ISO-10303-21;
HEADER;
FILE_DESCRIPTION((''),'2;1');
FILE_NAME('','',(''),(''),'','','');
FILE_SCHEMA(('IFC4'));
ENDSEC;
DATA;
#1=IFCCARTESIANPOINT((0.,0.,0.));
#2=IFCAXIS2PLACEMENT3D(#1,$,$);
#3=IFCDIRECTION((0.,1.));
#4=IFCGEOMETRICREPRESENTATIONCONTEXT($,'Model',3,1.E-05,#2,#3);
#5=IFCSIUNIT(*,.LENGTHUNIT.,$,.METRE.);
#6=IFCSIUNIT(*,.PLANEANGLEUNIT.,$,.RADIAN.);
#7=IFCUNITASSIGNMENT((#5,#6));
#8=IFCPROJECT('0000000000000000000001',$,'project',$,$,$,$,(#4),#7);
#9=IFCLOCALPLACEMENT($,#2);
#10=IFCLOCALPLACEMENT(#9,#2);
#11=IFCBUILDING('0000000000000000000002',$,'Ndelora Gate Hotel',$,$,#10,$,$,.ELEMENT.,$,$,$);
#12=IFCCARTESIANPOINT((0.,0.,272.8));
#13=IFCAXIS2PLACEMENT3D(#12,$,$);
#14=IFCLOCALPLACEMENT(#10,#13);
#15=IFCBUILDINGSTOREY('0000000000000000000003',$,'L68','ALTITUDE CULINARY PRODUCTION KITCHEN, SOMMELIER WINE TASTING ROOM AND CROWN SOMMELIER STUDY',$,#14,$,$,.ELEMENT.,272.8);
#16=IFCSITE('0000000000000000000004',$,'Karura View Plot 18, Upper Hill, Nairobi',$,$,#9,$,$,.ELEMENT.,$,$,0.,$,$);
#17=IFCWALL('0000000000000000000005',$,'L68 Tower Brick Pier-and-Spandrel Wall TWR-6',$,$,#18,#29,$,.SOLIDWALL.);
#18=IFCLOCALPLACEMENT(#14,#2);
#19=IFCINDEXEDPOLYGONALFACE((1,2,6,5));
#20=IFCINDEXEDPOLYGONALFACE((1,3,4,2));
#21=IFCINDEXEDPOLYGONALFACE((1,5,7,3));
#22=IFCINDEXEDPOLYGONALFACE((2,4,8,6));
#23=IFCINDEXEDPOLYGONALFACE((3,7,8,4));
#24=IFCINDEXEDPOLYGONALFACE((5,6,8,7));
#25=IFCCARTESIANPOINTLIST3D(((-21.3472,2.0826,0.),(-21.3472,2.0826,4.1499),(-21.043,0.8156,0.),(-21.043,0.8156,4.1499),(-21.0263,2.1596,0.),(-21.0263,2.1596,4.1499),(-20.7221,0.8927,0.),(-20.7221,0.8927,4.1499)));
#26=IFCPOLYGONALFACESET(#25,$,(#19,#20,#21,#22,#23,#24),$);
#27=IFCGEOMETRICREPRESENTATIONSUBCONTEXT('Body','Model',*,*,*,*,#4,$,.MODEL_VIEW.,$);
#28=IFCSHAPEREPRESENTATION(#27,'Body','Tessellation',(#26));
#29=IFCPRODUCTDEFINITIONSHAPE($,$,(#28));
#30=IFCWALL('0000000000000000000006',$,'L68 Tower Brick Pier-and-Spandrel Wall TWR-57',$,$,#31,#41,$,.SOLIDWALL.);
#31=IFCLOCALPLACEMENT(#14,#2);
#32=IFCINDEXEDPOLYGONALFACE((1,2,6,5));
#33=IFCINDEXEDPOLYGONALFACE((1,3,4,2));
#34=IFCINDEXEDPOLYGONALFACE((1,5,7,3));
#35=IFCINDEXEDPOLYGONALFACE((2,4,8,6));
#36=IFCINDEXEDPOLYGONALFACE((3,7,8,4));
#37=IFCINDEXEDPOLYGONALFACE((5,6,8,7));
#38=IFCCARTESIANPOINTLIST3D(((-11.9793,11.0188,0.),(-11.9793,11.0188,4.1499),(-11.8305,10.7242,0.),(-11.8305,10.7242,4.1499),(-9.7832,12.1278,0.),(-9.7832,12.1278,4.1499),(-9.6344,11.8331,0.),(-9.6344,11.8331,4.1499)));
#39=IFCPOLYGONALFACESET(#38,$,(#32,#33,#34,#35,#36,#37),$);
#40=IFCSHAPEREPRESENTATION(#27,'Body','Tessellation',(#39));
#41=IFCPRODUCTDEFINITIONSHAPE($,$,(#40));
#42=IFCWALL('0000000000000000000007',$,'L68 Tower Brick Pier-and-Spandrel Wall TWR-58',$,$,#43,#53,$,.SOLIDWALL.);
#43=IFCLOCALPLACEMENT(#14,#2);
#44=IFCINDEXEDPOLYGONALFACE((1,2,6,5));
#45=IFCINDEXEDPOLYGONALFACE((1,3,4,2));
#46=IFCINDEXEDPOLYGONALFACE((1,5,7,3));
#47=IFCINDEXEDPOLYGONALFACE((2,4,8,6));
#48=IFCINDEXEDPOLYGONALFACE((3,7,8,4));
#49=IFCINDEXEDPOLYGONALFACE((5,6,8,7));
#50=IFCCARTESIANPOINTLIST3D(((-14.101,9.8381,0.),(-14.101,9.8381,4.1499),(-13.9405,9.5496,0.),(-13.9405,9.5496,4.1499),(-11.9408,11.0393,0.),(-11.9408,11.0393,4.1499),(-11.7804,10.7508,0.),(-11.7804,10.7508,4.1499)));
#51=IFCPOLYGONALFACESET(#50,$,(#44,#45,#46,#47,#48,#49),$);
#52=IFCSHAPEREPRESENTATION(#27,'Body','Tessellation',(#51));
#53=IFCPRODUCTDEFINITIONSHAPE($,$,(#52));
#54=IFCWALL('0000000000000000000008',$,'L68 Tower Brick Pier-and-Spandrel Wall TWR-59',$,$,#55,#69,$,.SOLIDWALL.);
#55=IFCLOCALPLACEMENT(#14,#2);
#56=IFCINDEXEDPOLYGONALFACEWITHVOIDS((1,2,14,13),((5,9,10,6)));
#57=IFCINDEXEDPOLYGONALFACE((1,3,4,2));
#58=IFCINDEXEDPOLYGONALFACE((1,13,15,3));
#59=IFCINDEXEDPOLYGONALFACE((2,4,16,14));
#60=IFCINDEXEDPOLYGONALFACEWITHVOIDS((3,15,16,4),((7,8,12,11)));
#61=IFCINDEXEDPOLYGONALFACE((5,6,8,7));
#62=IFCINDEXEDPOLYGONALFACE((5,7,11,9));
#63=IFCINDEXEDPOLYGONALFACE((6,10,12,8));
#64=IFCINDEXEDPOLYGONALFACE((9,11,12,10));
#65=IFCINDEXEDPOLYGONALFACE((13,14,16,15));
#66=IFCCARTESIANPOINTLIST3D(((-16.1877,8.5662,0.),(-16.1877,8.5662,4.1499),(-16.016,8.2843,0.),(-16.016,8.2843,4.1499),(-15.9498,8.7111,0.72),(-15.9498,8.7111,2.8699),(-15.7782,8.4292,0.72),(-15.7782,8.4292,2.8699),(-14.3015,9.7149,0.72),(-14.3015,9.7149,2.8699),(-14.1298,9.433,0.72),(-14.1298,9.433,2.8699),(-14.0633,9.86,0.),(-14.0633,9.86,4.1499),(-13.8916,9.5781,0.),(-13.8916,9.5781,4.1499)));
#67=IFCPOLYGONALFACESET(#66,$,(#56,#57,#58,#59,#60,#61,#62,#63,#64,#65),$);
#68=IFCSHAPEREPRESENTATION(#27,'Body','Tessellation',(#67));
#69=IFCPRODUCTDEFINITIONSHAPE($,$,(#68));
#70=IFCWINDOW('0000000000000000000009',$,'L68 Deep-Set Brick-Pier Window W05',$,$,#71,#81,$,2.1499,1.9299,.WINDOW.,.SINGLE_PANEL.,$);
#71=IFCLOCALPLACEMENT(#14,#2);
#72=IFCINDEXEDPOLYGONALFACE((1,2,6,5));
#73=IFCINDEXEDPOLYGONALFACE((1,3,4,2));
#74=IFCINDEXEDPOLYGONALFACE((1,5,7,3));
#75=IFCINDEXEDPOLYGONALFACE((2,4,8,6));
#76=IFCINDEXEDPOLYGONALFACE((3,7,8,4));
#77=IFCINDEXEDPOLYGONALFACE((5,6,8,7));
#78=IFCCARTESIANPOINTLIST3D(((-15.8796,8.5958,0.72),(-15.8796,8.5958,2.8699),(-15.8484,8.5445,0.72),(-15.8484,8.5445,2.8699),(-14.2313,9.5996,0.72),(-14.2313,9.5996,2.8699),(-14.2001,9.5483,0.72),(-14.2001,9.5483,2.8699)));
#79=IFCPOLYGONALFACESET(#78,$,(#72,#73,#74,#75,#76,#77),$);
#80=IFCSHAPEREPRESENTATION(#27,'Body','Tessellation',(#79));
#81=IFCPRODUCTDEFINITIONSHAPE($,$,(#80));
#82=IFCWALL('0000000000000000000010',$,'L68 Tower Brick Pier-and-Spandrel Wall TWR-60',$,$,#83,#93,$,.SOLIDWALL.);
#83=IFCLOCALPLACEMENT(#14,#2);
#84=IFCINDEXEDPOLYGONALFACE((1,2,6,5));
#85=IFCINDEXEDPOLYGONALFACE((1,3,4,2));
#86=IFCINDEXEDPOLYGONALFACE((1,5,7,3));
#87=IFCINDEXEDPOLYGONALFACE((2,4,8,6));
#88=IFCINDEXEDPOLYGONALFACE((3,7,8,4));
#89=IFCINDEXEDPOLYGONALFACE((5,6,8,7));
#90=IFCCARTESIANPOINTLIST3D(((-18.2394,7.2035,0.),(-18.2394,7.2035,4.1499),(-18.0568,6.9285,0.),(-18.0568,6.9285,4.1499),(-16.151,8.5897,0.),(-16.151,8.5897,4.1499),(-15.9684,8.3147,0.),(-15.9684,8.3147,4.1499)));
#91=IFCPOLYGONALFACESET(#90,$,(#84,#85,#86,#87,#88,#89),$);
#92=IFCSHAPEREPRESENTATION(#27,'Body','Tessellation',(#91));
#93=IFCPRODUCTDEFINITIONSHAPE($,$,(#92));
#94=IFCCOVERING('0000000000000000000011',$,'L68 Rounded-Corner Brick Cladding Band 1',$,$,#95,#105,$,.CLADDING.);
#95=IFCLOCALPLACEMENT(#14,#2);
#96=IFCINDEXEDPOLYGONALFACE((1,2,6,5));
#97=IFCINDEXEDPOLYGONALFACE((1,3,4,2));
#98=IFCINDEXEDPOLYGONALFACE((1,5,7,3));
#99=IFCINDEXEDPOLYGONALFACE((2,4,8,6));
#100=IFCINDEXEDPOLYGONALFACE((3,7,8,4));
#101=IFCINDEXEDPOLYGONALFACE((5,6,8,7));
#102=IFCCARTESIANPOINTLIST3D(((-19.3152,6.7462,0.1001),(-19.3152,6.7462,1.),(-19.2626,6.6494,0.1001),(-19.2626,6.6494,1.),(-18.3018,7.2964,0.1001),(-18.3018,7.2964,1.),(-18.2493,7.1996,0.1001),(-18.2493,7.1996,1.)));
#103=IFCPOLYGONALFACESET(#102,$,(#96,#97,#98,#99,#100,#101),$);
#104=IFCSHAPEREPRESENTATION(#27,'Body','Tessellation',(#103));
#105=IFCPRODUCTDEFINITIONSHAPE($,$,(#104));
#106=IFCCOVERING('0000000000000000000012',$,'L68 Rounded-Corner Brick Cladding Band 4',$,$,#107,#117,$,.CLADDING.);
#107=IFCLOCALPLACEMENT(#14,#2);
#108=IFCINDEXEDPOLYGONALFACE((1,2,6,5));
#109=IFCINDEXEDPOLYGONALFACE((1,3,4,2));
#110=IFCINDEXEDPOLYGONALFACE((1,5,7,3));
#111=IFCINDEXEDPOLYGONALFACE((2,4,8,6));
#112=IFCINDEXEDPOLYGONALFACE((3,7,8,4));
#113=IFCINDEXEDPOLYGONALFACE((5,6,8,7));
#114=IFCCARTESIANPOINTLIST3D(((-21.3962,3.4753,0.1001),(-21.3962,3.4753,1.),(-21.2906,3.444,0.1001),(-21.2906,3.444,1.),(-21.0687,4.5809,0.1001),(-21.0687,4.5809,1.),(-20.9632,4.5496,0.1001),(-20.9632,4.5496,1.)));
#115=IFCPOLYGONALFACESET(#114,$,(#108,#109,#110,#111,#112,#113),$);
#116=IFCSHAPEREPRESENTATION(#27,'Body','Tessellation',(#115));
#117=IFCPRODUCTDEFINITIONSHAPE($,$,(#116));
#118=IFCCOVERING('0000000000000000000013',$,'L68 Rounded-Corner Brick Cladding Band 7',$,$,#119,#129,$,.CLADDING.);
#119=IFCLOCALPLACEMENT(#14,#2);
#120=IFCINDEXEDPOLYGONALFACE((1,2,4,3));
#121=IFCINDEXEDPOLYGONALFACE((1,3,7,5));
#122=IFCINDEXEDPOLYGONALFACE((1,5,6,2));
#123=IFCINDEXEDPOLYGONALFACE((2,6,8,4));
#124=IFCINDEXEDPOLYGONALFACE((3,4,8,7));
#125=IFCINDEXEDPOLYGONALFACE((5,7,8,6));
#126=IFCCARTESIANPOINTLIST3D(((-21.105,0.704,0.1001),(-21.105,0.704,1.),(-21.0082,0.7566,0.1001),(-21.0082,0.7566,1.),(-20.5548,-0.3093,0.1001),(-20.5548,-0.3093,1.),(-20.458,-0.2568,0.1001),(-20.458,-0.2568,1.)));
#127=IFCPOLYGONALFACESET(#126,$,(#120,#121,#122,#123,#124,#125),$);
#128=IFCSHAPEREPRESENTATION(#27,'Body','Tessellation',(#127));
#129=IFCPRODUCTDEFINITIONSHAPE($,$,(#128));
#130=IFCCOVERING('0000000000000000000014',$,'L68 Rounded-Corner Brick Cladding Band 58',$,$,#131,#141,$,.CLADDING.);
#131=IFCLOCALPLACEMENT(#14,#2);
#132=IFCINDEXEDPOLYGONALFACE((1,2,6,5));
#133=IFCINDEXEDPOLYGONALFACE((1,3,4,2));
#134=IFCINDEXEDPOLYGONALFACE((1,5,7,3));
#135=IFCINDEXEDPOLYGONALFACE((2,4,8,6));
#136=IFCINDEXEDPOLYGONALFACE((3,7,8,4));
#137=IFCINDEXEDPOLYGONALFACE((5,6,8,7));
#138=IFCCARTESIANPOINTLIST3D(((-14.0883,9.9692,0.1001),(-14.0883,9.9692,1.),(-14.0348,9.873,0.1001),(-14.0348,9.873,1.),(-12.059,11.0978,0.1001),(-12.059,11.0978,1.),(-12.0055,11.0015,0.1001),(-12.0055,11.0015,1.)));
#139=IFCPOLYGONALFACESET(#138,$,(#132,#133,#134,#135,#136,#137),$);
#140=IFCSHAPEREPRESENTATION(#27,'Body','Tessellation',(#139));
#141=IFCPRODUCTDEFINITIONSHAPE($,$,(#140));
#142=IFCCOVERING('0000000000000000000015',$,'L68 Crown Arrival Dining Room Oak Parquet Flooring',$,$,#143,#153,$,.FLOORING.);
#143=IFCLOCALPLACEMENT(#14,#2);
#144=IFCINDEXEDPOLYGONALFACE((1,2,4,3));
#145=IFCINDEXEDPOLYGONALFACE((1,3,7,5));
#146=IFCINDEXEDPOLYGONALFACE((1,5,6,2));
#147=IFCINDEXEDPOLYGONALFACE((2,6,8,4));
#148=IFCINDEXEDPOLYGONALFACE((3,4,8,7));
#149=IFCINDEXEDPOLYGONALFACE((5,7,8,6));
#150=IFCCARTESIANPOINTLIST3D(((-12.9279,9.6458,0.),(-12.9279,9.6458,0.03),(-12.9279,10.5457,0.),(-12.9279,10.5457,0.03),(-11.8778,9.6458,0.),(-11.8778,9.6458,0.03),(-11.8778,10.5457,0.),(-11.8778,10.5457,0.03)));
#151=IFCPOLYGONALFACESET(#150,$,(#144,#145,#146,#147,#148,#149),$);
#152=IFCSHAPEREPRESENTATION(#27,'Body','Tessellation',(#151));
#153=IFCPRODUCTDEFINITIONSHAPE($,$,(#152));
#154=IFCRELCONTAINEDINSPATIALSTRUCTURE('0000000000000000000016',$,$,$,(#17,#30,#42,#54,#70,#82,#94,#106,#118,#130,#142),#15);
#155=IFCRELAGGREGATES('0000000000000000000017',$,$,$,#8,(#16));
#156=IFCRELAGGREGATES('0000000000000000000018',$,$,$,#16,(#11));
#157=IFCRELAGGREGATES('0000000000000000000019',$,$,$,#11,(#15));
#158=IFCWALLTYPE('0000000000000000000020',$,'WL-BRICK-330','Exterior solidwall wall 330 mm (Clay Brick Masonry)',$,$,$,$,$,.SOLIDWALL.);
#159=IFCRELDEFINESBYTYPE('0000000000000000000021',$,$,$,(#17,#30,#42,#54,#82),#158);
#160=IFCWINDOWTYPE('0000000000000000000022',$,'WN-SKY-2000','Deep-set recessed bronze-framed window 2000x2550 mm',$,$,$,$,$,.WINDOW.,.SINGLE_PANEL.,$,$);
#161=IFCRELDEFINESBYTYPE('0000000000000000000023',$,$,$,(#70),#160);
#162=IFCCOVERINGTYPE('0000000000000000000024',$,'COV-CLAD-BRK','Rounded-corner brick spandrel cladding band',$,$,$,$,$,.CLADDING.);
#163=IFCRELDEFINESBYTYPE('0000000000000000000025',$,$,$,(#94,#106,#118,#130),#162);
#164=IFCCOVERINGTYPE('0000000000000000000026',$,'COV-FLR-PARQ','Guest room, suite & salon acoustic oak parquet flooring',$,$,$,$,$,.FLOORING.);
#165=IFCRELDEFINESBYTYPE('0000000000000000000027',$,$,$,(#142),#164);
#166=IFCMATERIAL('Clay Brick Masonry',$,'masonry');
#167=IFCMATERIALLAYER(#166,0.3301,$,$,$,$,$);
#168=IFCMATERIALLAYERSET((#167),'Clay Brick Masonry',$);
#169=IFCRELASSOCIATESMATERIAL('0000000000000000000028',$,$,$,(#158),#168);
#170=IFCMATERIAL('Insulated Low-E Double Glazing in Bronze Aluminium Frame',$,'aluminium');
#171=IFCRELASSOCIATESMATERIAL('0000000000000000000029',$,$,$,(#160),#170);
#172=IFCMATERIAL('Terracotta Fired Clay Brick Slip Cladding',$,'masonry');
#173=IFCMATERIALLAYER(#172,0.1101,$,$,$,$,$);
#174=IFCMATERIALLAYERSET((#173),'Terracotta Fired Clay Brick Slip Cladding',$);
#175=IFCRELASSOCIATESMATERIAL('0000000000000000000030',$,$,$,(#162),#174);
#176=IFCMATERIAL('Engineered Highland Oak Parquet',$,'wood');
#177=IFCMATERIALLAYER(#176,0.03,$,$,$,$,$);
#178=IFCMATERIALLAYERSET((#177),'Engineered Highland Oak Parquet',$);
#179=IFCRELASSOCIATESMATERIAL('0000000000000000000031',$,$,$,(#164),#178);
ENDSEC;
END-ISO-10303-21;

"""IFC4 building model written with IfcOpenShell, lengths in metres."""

from ifc_helpers import new_model, si_unit, direction, frame, frame_2d, origin, origin_2d, place, context, subcontext, project, spatial, rectangle, extrude, material, layer, layer_set, type_object, element, fill, save


model = new_model("IFC4")

# Units and contexts
model_context = context("Model", 3, precision=1e-05, world=origin(), true_north=direction((0.0, 1.0)))
body_context = subcontext(model_context, "Body", "Model", "MODEL_VIEW")
ifc_project = project(units=[si_unit("LENGTHUNIT", "METRE"), si_unit("PLANEANGLEUNIT", "RADIAN")], contexts=[model_context])

# Site, building, storey
site_placement = place(None, origin())
site = spatial("IfcSite", under=ifc_project, at=site_placement, Name="Karura View Plot 18, Upper Hill, Nairobi", CompositionType="ELEMENT", RefElevation=0.0)
building_placement = place(site_placement, origin())
building = spatial("IfcBuilding", under=site, at=building_placement, Name="Ndelora Gate Hotel", CompositionType="ELEMENT")
storey_placement = place(building_placement, frame((0.0, 0.0, 272.8)))
storey = spatial("IfcBuildingStorey", under=building, at=storey_placement, Name="L68", Description="ALTITUDE CULINARY PRODUCTION KITCHEN, SOMMELIER WINE TASTING ROOM AND CROWN SOMMELIER STUDY", CompositionType="ELEMENT", Elevation=272.8)

# Walls
ifc_material_1 = material(Name="Clay Brick Masonry", Category="masonry")
ifc_layer_1 = layer(ifc_material_1, 0.3301)
ifc_layer_set_1 = layer_set([ifc_layer_1], Name="Clay Brick Masonry")
wall_type = type_object("IfcWallType", Name="WL-BRICK-330", Description="Exterior solidwall wall 330 mm (Clay Brick Masonry)", PredefinedType="SOLIDWALL", material=ifc_layer_set_1)
for number, where, z_axis, x_axis, name in (
    (1, (-20.8826, 0.8542, 0.0), (0.0, 0.0, 1.0), (-0.233486, 0.97236, 0.0), "L68 Tower Brick Pier-and-Spandrel Wall TWR-6"),
):
    element("IfcWall", number, at=place(storey_placement, frame(where, z_axis=z_axis, x_axis=x_axis)), inside=storey, type_object=wall_type, Name=name, PredefinedType="SOLIDWALL", context=body_context, shape_type="SweptSolid", body=[
        extrude(rectangle(XDim=1.303, YDim=0.3301, at=frame_2d((0.6514, 0.0))), origin(), (0.0, 0.0, 1.0), 4.1499),
    ])
wall_1_placement = place(storey_placement, frame((-11.9048, 10.8716, 0.0), z_axis=(0.0, 0.0, 1.0), x_axis=(0.892654, 0.450743, 0.0)))
element("IfcWall", 2, at=wall_1_placement, inside=storey, type_object=wall_type, Name="L68 Tower Brick Pier-and-Spandrel Wall TWR-57", PredefinedType="SOLIDWALL", context=body_context, shape_type="SweptSolid", body=[
    extrude(rectangle(XDim=2.4602, YDim=0.3301, at=frame_2d((1.23, 0.0))), origin(), (0.0, 0.0, 1.0), 4.1499),
])
wall_2_placement = place(storey_placement, frame((-14.0208, 9.6938, 0.0), z_axis=(0.0, 0.0, 1.0), x_axis=(0.873971, 0.485978, 0.0)))
element("IfcWall", 3, at=wall_2_placement, inside=storey, type_object=wall_type, Name="L68 Tower Brick Pier-and-Spandrel Wall TWR-58", PredefinedType="SOLIDWALL", context=body_context, shape_type="SweptSolid", body=[
    extrude(rectangle(XDim=2.4717, YDim=0.3301, at=frame_2d((1.2358, 0.0))), origin(), (0.0, 0.0, 1.0), 4.1499),
])

# Wall, opening, window
wall_3_placement = place(storey_placement, frame((-16.1018, 8.4253, 0.0), z_axis=(0.0, 0.0, 1.0), x_axis=(0.854079, 0.520143, 0.0)))
wall_3 = element("IfcWall", 4, at=wall_3_placement, inside=storey, type_object=wall_type, Name="L68 Tower Brick Pier-and-Spandrel Wall TWR-59", PredefinedType="SOLIDWALL", context=body_context, shape_type="SweptSolid", body=[
    extrude(rectangle(XDim=2.4873, YDim=0.3301, at=frame_2d((1.2437, 0.0))), origin(), (0.0, 0.0, 1.0), 4.1499),
])
opening_placement = place(wall_3_placement, frame((0.2786, 0.0, 0.72)))
opening = element("IfcOpeningElement", 5, at=opening_placement, cuts=wall_3, PredefinedType="OPENING", context=body_context, shape_type="SweptSolid", body=[
    extrude(rectangle(XDim=1.9299, YDim=2.1499, at=frame_2d((0.9648, 1.075))), frame((0.0, 0.175, 0.0), z_axis=(0.0, -1.0, 0.0), x_axis=(1.0, 0.0, 0.0)), (0.0, 0.0, 1.0), 0.3501),
])
ifc_material_2 = material(Name="Insulated Low-E Double Glazing in Bronze Aluminium Frame", Category="aluminium")
window_type = type_object("IfcWindowType", Name="WN-SKY-2000", Description="Deep-set recessed bronze-framed window 2000x2550 mm", PartitioningType="SINGLE_PANEL", PredefinedType="WINDOW", material=ifc_material_2)
window_placement = place(opening_placement, origin())
window = element("IfcWindow", 6, at=window_placement, inside=storey, type_object=window_type, Name="L68 Deep-Set Brick-Pier Window W05", OverallHeight=2.1499, OverallWidth=1.9299, PartitioningType="SINGLE_PANEL", PredefinedType="WINDOW", context=body_context, shape_type="SweptSolid", body=[
    extrude(rectangle(XDim=1.9299, YDim=2.1499, at=frame_2d((0.9648, 1.075))), frame((0.0, 0.03, 0.0), z_axis=(0.0, -1.0, 0.0), x_axis=(1.0, 0.0, 0.0)), (0.0, 0.0, 1.0), 0.0601),
])
fill(opening, window)

# Wall
wall_4_placement = place(storey_placement, frame((-18.1482, 7.0659, 0.0), z_axis=(0.0, 0.0, 1.0), x_axis=(0.833157, 0.553036, 0.0)))
element("IfcWall", 7, at=wall_4_placement, inside=storey, type_object=wall_type, Name="L68 Tower Brick Pier-and-Spandrel Wall TWR-60", PredefinedType="SOLIDWALL", context=body_context, shape_type="SweptSolid", body=[
    extrude(rectangle(XDim=2.5066, YDim=0.3301, at=frame_2d((1.2534, 0.0))), origin(), (0.0, 0.0, 1.0), 4.1499),
])

# Coverings
ifc_material_3 = material(Name="Terracotta Fired Clay Brick Slip Cladding", Category="masonry")
ifc_layer_2 = layer(ifc_material_3, 0.1101)
ifc_layer_set_2 = layer_set([ifc_layer_2], Name="Terracotta Fired Clay Brick Slip Cladding")
covering_type_1 = type_object("IfcCoveringType", Name="COV-CLAD-BRK", Description="Rounded-corner brick spandrel cladding band", PredefinedType="CLADDING", material=ifc_layer_set_2)
for number, where, z_axis, x_axis, name in (
    (8, (-18.7822, 6.9729, 0.1001), (0.0, 0.0, 1.0), (0.878817, 0.477159, 0.0), "L68 Rounded-Corner Brick Cladding Band 1"),
    (9, (-21.1797, 4.0125, 0.1001), (0.0, 0.0, 1.0), (0.284015, 0.95882, 0.0), "L68 Rounded-Corner Brick Cladding Band 4"),
    (10, (-20.7815, 0.2236, 0.1001), (0.0, 0.0, 1.0), (-0.477159, 0.878817, 0.0), "L68 Rounded-Corner Brick Cladding Band 7"),
):
    element("IfcCovering", number, at=place(storey_placement, frame(where, z_axis=z_axis, x_axis=x_axis)), inside=storey, type_object=covering_type_1, Name=name, PredefinedType="CLADDING", context=body_context, shape_type="SweptSolid", body=[
        extrude(rectangle(XDim=1.1531, YDim=0.1101, at=origin_2d()), origin(), (0.0, 0.0, 1.0), 0.8999),
    ])
covering_1_placement = place(storey_placement, frame((-13.0469, 10.4854, 0.1001), z_axis=(0.0, 0.0, 1.0), x_axis=(0.873942, 0.48603, 0.0)))
element("IfcCovering", 11, at=covering_1_placement, inside=storey, type_object=covering_type_1, Name="L68 Rounded-Corner Brick Cladding Band 58", PredefinedType="CLADDING", context=body_context, shape_type="SweptSolid", body=[
    extrude(rectangle(XDim=2.322, YDim=0.1101, at=origin_2d()), origin(), (0.0, 0.0, 1.0), 0.8999),
])
ifc_material_4 = material(Name="Engineered Highland Oak Parquet", Category="wood")
ifc_layer_3 = layer(ifc_material_4, 0.03)
ifc_layer_set_3 = layer_set([ifc_layer_3], Name="Engineered Highland Oak Parquet")
covering_type_2 = type_object("IfcCoveringType", Name="COV-FLR-PARQ", Description="Guest room, suite & salon acoustic oak parquet flooring", PredefinedType="FLOORING", material=ifc_layer_set_3)
covering_2_placement = place(storey_placement, frame((-12.4028, 10.0957, 0.0), z_axis=(0.0, 0.0, 1.0), x_axis=(1.0, 0.0, 0.0)))
element("IfcCovering", 12, at=covering_2_placement, inside=storey, type_object=covering_type_2, Name="L68 Crown Arrival Dining Room Oak Parquet Flooring", PredefinedType="FLOORING", context=body_context, shape_type="SweptSolid", body=[
    extrude(rectangle(XDim=1.05, YDim=0.8999, at=origin_2d()), origin(), (0.0, 0.0, 1.0), 0.03),
])

save(model, "model.ifc")
